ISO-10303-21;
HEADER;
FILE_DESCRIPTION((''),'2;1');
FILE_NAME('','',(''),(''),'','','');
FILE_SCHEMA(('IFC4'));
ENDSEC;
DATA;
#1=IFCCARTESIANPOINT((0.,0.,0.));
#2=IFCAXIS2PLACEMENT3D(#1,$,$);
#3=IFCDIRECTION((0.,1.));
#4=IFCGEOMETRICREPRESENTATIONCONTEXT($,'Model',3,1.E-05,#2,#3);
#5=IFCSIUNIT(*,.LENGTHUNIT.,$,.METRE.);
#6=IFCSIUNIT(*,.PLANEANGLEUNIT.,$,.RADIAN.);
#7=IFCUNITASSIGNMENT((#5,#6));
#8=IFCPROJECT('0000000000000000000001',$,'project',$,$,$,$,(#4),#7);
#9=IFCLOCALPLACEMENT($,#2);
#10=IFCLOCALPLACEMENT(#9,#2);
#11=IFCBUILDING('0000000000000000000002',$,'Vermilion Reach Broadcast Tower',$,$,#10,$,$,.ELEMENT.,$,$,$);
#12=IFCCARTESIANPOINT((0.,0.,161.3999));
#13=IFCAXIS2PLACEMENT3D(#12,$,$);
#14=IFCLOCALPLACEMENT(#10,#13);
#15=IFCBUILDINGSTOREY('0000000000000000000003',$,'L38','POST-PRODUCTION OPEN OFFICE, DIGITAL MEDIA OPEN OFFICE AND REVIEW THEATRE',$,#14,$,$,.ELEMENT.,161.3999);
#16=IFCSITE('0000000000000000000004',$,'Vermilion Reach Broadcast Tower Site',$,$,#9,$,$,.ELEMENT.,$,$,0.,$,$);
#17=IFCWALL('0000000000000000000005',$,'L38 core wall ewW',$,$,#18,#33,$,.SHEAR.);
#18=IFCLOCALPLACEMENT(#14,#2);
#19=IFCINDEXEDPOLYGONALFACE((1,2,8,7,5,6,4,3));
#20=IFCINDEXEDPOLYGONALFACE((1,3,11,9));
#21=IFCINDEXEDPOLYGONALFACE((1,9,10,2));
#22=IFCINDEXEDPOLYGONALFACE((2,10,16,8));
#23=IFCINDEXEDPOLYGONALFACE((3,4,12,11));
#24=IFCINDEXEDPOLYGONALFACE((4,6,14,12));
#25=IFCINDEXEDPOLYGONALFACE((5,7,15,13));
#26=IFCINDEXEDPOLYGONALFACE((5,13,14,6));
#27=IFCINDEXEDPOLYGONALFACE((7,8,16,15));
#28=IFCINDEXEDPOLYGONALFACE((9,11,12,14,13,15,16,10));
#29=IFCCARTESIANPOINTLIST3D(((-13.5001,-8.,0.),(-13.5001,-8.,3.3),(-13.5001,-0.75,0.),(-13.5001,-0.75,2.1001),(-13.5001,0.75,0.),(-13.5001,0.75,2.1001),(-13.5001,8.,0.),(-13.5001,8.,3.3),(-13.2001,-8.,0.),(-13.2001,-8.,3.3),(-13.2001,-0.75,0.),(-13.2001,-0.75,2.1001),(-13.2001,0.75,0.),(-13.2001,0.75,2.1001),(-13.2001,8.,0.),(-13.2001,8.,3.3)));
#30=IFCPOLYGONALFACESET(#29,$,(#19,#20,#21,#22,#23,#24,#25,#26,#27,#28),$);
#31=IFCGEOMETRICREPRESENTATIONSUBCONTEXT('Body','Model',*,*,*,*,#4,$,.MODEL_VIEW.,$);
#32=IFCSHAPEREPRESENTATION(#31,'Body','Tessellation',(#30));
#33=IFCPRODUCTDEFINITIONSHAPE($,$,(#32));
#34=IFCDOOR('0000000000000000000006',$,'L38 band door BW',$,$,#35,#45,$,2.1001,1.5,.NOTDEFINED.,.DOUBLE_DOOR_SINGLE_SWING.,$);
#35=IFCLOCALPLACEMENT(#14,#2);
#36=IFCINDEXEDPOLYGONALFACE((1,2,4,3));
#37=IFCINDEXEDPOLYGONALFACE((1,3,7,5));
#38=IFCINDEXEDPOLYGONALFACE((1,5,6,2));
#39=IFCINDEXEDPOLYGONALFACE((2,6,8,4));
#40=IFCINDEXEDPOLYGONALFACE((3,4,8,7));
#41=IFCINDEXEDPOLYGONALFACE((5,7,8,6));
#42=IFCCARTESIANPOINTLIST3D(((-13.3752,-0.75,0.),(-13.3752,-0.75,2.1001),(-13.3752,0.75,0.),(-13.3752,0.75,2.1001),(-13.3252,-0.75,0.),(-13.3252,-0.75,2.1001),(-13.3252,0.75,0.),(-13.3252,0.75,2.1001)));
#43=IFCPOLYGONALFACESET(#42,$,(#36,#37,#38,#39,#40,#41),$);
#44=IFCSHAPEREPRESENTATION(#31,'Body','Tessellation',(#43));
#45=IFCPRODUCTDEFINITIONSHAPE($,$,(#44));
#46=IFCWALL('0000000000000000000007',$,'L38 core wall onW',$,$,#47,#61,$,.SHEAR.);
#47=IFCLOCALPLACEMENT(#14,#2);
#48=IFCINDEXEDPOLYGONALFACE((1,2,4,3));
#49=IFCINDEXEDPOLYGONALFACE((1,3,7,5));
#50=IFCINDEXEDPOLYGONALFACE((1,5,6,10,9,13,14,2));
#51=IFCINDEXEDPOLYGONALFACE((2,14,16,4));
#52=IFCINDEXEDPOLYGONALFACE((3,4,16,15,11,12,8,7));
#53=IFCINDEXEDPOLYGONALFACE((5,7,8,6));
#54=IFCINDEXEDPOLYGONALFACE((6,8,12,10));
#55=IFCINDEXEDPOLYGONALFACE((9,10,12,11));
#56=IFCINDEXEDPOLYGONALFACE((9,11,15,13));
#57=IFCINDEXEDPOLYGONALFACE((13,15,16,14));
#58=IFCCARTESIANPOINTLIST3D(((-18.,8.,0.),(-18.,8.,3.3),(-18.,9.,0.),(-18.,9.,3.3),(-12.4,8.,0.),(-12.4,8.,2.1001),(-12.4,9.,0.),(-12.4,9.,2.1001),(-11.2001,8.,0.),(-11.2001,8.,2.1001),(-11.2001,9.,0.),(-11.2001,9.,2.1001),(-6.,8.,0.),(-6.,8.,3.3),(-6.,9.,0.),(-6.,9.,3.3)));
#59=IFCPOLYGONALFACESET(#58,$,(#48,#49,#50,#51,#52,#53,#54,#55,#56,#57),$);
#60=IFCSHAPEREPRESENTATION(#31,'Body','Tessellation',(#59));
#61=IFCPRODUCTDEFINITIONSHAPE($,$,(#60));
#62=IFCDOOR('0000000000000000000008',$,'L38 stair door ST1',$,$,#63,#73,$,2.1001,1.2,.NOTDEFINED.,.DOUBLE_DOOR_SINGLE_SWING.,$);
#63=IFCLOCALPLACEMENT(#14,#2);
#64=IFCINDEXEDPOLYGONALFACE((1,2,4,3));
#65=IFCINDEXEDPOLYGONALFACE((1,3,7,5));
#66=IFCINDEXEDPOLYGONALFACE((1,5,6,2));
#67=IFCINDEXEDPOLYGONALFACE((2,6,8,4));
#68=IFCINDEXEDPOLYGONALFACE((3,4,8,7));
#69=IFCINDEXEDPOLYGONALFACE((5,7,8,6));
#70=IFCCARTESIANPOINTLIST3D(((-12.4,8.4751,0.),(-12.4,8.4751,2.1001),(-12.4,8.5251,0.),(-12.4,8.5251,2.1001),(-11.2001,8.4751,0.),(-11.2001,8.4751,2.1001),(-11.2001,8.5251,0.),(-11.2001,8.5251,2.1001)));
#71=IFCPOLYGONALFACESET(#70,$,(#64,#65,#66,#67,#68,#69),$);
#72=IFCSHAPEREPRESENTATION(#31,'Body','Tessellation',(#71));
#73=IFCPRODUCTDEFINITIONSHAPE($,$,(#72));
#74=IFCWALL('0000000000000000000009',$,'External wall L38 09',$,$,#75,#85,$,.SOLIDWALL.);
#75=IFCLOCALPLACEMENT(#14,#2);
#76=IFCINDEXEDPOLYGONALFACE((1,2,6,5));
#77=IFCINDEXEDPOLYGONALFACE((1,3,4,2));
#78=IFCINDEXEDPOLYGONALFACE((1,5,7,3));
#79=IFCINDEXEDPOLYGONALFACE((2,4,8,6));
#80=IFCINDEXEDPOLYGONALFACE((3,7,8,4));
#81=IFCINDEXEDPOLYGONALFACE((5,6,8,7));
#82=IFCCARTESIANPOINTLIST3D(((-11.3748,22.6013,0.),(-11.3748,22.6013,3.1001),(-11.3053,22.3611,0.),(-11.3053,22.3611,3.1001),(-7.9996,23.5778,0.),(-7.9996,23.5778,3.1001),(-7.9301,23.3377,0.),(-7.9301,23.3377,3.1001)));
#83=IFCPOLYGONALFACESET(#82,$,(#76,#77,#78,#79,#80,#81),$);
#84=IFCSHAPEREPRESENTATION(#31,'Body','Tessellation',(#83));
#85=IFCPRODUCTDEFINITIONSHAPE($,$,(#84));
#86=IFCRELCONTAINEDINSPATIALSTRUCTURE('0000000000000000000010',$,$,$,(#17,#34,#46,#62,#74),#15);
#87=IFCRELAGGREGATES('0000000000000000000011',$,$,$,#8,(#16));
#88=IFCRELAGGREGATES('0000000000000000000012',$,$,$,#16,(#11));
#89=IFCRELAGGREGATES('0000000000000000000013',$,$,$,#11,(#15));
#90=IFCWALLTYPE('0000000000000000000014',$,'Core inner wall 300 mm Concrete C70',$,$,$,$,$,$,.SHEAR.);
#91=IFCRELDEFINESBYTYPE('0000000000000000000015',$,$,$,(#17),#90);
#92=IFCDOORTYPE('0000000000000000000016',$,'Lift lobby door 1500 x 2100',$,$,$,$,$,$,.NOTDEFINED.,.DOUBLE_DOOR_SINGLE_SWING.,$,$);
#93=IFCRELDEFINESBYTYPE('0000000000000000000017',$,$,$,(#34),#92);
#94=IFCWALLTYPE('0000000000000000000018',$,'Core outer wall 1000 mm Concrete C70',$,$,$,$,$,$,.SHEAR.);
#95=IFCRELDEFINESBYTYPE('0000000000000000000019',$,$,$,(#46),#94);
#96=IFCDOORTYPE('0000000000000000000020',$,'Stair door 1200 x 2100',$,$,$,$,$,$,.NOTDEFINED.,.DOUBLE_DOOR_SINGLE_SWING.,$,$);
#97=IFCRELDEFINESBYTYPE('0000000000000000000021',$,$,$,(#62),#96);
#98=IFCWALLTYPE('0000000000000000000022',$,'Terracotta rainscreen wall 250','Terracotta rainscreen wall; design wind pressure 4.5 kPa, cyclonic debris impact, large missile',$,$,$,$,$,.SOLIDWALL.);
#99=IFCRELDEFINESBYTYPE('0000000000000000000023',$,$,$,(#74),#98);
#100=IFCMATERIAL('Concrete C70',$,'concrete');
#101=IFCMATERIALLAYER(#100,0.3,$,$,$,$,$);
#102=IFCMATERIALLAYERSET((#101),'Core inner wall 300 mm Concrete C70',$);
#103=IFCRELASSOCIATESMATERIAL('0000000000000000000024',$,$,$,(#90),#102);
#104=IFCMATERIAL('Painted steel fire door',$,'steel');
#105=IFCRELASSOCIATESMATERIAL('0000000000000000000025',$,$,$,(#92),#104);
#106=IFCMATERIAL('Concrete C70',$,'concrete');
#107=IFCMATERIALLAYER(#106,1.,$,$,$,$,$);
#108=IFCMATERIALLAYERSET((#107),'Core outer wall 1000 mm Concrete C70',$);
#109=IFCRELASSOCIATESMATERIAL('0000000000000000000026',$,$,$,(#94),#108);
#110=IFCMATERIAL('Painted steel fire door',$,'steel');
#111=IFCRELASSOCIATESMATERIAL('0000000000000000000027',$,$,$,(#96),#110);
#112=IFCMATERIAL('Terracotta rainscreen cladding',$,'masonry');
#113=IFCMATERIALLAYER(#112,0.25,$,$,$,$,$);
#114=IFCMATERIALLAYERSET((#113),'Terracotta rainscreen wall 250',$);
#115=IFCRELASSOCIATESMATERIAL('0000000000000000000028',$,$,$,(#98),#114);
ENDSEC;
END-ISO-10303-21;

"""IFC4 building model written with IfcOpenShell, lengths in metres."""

from ifc_helpers import new_model, si_unit, direction, frame, frame_2d, origin, place, context, subcontext, project, spatial, rectangle, extrude, material, layer, layer_set, type_object, element, fill, save


model = new_model("IFC4")

# Units and contexts
model_context = context("Model", 3, precision=1e-05, world=origin(), true_north=direction((0.0, 1.0)))
body_context = subcontext(model_context, "Body", "Model", "MODEL_VIEW")
ifc_project = project(units=[si_unit("LENGTHUNIT", "METRE"), si_unit("PLANEANGLEUNIT", "RADIAN")], contexts=[model_context])

# Site, building, storey
site_placement = place(None, origin())
site = spatial("IfcSite", under=ifc_project, at=site_placement, Name="Vermilion Reach Broadcast Tower Site", CompositionType="ELEMENT", RefElevation=0.0)
building_placement = place(site_placement, origin())
building = spatial("IfcBuilding", under=site, at=building_placement, Name="Vermilion Reach Broadcast Tower", CompositionType="ELEMENT")
storey_placement = place(building_placement, frame((0.0, 0.0, 161.3999)))
storey = spatial("IfcBuildingStorey", under=building, at=storey_placement, Name="L38", Description="POST-PRODUCTION OPEN OFFICE, DIGITAL MEDIA OPEN OFFICE AND REVIEW THEATRE", CompositionType="ELEMENT", Elevation=161.3999)

# Walls, openings, doors
ifc_material_1 = material(Name="Concrete C70", Category="concrete")
ifc_layer_1 = layer(ifc_material_1, 0.3)
ifc_layer_set_1 = layer_set([ifc_layer_1], Name="Core inner wall 300 mm Concrete C70")
wall_type_1 = type_object("IfcWallType", Name="Core inner wall 300 mm Concrete C70", PredefinedType="SHEAR", material=ifc_layer_set_1)
wall_1_placement = place(storey_placement, frame((-13.3501, 8.0, 0.0), z_axis=(0.0, 0.0, 1.0), x_axis=(0.0, -1.0, 0.0)))
wall_1 = element("IfcWall", 1, at=wall_1_placement, inside=storey, type_object=wall_type_1, Name="L38 core wall ewW", PredefinedType="SHEAR", context=body_context, shape_type="SweptSolid", body=[
    extrude(rectangle(XDim=16.0, YDim=0.3, at=frame_2d((8.0, 0.0))), origin(), (0.0, 0.0, 1.0), 3.3),
])
opening_1_placement = place(wall_1_placement, frame((7.25, 0.0, 0.0)))
opening_1 = element("IfcOpeningElement", 2, at=opening_1_placement, cuts=wall_1, PredefinedType="OPENING", context=body_context, shape_type="SweptSolid", body=[
    extrude(rectangle(XDim=1.5, YDim=2.1001, at=frame_2d((0.75, 1.05))), frame((0.0, 0.1599, 0.0), z_axis=(0.0, -1.0, 0.0), x_axis=(1.0, 0.0, 0.0)), (0.0, 0.0, 1.0), 0.3201),
])
ifc_material_2 = material(Name="Painted steel fire door", Category="steel")
door_type_1 = type_object("IfcDoorType", Name="Lift lobby door 1500 x 2100", OperationType="DOUBLE_DOOR_SINGLE_SWING", PredefinedType="NOTDEFINED", material=ifc_material_2)
door_1_placement = place(opening_1_placement, origin())
door_1 = element("IfcDoor", 3, at=door_1_placement, inside=storey, type_object=door_type_1, Name="L38 band door BW", OperationType="DOUBLE_DOOR_SINGLE_SWING", OverallHeight=2.1001, OverallWidth=1.5, PredefinedType="NOTDEFINED", context=body_context, shape_type="SweptSolid", body=[
    extrude(rectangle(XDim=1.5, YDim=2.1001, at=frame_2d((0.75, 1.05))), frame((0.0, 0.0249, 0.0), z_axis=(0.0, -1.0, 0.0), x_axis=(1.0, 0.0, 0.0)), (0.0, 0.0, 1.0), 0.05),
])
fill(opening_1, door_1)
ifc_material_3 = material(Name="Concrete C70", Category="concrete")
ifc_layer_2 = layer(ifc_material_3, 1.0)
ifc_layer_set_2 = layer_set([ifc_layer_2], Name="Core outer wall 1000 mm Concrete C70")
wall_type_2 = type_object("IfcWallType", Name="Core outer wall 1000 mm Concrete C70", PredefinedType="SHEAR", material=ifc_layer_set_2)
wall_2_placement = place(storey_placement, frame((-6.0, 8.5, 0.0), z_axis=(0.0, 0.0, 1.0), x_axis=(-1.0, 0.0, 0.0)))
wall_2 = element("IfcWall", 4, at=wall_2_placement, inside=storey, type_object=wall_type_2, Name="L38 core wall onW", PredefinedType="SHEAR", context=body_context, shape_type="SweptSolid", body=[
    extrude(rectangle(XDim=12.0, YDim=1.0, at=frame_2d((6.0, 0.0))), origin(), (0.0, 0.0, 1.0), 3.3),
])
opening_2_placement = place(wall_2_placement, frame((5.2, 0.0, 0.0)))
opening_2 = element("IfcOpeningElement", 5, at=opening_2_placement, cuts=wall_2, PredefinedType="OPENING", context=body_context, shape_type="SweptSolid", body=[
    extrude(rectangle(XDim=1.2, YDim=2.1001, at=frame_2d((0.6001, 1.05))), frame((0.0, 0.51, 0.0), z_axis=(0.0, -1.0, 0.0), x_axis=(1.0, 0.0, 0.0)), (0.0, 0.0, 1.0), 1.02),
])
ifc_material_4 = material(Name="Painted steel fire door", Category="steel")
door_type_2 = type_object("IfcDoorType", Name="Stair door 1200 x 2100", OperationType="DOUBLE_DOOR_SINGLE_SWING", PredefinedType="NOTDEFINED", material=ifc_material_4)
door_2_placement = place(opening_2_placement, origin())
door_2 = element("IfcDoor", 6, at=door_2_placement, inside=storey, type_object=door_type_2, Name="L38 stair door ST1", OperationType="DOUBLE_DOOR_SINGLE_SWING", OverallHeight=2.1001, OverallWidth=1.2, PredefinedType="NOTDEFINED", context=body_context, shape_type="SweptSolid", body=[
    extrude(rectangle(XDim=1.2, YDim=2.1001, at=frame_2d((0.6001, 1.05))), frame((0.0, 0.0249, 0.0), z_axis=(0.0, -1.0, 0.0), x_axis=(1.0, 0.0, 0.0)), (0.0, 0.0, 1.0), 0.05),
])
fill(opening_2, door_2)

# Wall
ifc_material_5 = material(Name="Terracotta rainscreen cladding", Category="masonry")
ifc_layer_3 = layer(ifc_material_5, 0.25)
ifc_layer_set_3 = layer_set([ifc_layer_3], Name="Terracotta rainscreen wall 250")
wall_type_3 = type_object("IfcWallType", Name="Terracotta rainscreen wall 250", Description="Terracotta rainscreen wall; design wind pressure 4.5 kPa, cyclonic debris impact, large missile", PredefinedType="SOLIDWALL", material=ifc_layer_set_3)
wall_3_placement = place(storey_placement, frame((-7.9648, 23.4578, 0.0), z_axis=(0.0, 0.0, 1.0), x_axis=(-0.960601, -0.277932, 0.0)))
element("IfcWall", 7, at=wall_3_placement, inside=storey, type_object=wall_type_3, Name="External wall L38 09", PredefinedType="SOLIDWALL", context=body_context, shape_type="SweptSolid", body=[
    extrude(rectangle(XDim=3.5137, YDim=0.25, at=frame_2d((1.7568, 0.0))), origin(), (0.0, 0.0, 1.0), 3.1001),
])

save(model, "model.ifc")
